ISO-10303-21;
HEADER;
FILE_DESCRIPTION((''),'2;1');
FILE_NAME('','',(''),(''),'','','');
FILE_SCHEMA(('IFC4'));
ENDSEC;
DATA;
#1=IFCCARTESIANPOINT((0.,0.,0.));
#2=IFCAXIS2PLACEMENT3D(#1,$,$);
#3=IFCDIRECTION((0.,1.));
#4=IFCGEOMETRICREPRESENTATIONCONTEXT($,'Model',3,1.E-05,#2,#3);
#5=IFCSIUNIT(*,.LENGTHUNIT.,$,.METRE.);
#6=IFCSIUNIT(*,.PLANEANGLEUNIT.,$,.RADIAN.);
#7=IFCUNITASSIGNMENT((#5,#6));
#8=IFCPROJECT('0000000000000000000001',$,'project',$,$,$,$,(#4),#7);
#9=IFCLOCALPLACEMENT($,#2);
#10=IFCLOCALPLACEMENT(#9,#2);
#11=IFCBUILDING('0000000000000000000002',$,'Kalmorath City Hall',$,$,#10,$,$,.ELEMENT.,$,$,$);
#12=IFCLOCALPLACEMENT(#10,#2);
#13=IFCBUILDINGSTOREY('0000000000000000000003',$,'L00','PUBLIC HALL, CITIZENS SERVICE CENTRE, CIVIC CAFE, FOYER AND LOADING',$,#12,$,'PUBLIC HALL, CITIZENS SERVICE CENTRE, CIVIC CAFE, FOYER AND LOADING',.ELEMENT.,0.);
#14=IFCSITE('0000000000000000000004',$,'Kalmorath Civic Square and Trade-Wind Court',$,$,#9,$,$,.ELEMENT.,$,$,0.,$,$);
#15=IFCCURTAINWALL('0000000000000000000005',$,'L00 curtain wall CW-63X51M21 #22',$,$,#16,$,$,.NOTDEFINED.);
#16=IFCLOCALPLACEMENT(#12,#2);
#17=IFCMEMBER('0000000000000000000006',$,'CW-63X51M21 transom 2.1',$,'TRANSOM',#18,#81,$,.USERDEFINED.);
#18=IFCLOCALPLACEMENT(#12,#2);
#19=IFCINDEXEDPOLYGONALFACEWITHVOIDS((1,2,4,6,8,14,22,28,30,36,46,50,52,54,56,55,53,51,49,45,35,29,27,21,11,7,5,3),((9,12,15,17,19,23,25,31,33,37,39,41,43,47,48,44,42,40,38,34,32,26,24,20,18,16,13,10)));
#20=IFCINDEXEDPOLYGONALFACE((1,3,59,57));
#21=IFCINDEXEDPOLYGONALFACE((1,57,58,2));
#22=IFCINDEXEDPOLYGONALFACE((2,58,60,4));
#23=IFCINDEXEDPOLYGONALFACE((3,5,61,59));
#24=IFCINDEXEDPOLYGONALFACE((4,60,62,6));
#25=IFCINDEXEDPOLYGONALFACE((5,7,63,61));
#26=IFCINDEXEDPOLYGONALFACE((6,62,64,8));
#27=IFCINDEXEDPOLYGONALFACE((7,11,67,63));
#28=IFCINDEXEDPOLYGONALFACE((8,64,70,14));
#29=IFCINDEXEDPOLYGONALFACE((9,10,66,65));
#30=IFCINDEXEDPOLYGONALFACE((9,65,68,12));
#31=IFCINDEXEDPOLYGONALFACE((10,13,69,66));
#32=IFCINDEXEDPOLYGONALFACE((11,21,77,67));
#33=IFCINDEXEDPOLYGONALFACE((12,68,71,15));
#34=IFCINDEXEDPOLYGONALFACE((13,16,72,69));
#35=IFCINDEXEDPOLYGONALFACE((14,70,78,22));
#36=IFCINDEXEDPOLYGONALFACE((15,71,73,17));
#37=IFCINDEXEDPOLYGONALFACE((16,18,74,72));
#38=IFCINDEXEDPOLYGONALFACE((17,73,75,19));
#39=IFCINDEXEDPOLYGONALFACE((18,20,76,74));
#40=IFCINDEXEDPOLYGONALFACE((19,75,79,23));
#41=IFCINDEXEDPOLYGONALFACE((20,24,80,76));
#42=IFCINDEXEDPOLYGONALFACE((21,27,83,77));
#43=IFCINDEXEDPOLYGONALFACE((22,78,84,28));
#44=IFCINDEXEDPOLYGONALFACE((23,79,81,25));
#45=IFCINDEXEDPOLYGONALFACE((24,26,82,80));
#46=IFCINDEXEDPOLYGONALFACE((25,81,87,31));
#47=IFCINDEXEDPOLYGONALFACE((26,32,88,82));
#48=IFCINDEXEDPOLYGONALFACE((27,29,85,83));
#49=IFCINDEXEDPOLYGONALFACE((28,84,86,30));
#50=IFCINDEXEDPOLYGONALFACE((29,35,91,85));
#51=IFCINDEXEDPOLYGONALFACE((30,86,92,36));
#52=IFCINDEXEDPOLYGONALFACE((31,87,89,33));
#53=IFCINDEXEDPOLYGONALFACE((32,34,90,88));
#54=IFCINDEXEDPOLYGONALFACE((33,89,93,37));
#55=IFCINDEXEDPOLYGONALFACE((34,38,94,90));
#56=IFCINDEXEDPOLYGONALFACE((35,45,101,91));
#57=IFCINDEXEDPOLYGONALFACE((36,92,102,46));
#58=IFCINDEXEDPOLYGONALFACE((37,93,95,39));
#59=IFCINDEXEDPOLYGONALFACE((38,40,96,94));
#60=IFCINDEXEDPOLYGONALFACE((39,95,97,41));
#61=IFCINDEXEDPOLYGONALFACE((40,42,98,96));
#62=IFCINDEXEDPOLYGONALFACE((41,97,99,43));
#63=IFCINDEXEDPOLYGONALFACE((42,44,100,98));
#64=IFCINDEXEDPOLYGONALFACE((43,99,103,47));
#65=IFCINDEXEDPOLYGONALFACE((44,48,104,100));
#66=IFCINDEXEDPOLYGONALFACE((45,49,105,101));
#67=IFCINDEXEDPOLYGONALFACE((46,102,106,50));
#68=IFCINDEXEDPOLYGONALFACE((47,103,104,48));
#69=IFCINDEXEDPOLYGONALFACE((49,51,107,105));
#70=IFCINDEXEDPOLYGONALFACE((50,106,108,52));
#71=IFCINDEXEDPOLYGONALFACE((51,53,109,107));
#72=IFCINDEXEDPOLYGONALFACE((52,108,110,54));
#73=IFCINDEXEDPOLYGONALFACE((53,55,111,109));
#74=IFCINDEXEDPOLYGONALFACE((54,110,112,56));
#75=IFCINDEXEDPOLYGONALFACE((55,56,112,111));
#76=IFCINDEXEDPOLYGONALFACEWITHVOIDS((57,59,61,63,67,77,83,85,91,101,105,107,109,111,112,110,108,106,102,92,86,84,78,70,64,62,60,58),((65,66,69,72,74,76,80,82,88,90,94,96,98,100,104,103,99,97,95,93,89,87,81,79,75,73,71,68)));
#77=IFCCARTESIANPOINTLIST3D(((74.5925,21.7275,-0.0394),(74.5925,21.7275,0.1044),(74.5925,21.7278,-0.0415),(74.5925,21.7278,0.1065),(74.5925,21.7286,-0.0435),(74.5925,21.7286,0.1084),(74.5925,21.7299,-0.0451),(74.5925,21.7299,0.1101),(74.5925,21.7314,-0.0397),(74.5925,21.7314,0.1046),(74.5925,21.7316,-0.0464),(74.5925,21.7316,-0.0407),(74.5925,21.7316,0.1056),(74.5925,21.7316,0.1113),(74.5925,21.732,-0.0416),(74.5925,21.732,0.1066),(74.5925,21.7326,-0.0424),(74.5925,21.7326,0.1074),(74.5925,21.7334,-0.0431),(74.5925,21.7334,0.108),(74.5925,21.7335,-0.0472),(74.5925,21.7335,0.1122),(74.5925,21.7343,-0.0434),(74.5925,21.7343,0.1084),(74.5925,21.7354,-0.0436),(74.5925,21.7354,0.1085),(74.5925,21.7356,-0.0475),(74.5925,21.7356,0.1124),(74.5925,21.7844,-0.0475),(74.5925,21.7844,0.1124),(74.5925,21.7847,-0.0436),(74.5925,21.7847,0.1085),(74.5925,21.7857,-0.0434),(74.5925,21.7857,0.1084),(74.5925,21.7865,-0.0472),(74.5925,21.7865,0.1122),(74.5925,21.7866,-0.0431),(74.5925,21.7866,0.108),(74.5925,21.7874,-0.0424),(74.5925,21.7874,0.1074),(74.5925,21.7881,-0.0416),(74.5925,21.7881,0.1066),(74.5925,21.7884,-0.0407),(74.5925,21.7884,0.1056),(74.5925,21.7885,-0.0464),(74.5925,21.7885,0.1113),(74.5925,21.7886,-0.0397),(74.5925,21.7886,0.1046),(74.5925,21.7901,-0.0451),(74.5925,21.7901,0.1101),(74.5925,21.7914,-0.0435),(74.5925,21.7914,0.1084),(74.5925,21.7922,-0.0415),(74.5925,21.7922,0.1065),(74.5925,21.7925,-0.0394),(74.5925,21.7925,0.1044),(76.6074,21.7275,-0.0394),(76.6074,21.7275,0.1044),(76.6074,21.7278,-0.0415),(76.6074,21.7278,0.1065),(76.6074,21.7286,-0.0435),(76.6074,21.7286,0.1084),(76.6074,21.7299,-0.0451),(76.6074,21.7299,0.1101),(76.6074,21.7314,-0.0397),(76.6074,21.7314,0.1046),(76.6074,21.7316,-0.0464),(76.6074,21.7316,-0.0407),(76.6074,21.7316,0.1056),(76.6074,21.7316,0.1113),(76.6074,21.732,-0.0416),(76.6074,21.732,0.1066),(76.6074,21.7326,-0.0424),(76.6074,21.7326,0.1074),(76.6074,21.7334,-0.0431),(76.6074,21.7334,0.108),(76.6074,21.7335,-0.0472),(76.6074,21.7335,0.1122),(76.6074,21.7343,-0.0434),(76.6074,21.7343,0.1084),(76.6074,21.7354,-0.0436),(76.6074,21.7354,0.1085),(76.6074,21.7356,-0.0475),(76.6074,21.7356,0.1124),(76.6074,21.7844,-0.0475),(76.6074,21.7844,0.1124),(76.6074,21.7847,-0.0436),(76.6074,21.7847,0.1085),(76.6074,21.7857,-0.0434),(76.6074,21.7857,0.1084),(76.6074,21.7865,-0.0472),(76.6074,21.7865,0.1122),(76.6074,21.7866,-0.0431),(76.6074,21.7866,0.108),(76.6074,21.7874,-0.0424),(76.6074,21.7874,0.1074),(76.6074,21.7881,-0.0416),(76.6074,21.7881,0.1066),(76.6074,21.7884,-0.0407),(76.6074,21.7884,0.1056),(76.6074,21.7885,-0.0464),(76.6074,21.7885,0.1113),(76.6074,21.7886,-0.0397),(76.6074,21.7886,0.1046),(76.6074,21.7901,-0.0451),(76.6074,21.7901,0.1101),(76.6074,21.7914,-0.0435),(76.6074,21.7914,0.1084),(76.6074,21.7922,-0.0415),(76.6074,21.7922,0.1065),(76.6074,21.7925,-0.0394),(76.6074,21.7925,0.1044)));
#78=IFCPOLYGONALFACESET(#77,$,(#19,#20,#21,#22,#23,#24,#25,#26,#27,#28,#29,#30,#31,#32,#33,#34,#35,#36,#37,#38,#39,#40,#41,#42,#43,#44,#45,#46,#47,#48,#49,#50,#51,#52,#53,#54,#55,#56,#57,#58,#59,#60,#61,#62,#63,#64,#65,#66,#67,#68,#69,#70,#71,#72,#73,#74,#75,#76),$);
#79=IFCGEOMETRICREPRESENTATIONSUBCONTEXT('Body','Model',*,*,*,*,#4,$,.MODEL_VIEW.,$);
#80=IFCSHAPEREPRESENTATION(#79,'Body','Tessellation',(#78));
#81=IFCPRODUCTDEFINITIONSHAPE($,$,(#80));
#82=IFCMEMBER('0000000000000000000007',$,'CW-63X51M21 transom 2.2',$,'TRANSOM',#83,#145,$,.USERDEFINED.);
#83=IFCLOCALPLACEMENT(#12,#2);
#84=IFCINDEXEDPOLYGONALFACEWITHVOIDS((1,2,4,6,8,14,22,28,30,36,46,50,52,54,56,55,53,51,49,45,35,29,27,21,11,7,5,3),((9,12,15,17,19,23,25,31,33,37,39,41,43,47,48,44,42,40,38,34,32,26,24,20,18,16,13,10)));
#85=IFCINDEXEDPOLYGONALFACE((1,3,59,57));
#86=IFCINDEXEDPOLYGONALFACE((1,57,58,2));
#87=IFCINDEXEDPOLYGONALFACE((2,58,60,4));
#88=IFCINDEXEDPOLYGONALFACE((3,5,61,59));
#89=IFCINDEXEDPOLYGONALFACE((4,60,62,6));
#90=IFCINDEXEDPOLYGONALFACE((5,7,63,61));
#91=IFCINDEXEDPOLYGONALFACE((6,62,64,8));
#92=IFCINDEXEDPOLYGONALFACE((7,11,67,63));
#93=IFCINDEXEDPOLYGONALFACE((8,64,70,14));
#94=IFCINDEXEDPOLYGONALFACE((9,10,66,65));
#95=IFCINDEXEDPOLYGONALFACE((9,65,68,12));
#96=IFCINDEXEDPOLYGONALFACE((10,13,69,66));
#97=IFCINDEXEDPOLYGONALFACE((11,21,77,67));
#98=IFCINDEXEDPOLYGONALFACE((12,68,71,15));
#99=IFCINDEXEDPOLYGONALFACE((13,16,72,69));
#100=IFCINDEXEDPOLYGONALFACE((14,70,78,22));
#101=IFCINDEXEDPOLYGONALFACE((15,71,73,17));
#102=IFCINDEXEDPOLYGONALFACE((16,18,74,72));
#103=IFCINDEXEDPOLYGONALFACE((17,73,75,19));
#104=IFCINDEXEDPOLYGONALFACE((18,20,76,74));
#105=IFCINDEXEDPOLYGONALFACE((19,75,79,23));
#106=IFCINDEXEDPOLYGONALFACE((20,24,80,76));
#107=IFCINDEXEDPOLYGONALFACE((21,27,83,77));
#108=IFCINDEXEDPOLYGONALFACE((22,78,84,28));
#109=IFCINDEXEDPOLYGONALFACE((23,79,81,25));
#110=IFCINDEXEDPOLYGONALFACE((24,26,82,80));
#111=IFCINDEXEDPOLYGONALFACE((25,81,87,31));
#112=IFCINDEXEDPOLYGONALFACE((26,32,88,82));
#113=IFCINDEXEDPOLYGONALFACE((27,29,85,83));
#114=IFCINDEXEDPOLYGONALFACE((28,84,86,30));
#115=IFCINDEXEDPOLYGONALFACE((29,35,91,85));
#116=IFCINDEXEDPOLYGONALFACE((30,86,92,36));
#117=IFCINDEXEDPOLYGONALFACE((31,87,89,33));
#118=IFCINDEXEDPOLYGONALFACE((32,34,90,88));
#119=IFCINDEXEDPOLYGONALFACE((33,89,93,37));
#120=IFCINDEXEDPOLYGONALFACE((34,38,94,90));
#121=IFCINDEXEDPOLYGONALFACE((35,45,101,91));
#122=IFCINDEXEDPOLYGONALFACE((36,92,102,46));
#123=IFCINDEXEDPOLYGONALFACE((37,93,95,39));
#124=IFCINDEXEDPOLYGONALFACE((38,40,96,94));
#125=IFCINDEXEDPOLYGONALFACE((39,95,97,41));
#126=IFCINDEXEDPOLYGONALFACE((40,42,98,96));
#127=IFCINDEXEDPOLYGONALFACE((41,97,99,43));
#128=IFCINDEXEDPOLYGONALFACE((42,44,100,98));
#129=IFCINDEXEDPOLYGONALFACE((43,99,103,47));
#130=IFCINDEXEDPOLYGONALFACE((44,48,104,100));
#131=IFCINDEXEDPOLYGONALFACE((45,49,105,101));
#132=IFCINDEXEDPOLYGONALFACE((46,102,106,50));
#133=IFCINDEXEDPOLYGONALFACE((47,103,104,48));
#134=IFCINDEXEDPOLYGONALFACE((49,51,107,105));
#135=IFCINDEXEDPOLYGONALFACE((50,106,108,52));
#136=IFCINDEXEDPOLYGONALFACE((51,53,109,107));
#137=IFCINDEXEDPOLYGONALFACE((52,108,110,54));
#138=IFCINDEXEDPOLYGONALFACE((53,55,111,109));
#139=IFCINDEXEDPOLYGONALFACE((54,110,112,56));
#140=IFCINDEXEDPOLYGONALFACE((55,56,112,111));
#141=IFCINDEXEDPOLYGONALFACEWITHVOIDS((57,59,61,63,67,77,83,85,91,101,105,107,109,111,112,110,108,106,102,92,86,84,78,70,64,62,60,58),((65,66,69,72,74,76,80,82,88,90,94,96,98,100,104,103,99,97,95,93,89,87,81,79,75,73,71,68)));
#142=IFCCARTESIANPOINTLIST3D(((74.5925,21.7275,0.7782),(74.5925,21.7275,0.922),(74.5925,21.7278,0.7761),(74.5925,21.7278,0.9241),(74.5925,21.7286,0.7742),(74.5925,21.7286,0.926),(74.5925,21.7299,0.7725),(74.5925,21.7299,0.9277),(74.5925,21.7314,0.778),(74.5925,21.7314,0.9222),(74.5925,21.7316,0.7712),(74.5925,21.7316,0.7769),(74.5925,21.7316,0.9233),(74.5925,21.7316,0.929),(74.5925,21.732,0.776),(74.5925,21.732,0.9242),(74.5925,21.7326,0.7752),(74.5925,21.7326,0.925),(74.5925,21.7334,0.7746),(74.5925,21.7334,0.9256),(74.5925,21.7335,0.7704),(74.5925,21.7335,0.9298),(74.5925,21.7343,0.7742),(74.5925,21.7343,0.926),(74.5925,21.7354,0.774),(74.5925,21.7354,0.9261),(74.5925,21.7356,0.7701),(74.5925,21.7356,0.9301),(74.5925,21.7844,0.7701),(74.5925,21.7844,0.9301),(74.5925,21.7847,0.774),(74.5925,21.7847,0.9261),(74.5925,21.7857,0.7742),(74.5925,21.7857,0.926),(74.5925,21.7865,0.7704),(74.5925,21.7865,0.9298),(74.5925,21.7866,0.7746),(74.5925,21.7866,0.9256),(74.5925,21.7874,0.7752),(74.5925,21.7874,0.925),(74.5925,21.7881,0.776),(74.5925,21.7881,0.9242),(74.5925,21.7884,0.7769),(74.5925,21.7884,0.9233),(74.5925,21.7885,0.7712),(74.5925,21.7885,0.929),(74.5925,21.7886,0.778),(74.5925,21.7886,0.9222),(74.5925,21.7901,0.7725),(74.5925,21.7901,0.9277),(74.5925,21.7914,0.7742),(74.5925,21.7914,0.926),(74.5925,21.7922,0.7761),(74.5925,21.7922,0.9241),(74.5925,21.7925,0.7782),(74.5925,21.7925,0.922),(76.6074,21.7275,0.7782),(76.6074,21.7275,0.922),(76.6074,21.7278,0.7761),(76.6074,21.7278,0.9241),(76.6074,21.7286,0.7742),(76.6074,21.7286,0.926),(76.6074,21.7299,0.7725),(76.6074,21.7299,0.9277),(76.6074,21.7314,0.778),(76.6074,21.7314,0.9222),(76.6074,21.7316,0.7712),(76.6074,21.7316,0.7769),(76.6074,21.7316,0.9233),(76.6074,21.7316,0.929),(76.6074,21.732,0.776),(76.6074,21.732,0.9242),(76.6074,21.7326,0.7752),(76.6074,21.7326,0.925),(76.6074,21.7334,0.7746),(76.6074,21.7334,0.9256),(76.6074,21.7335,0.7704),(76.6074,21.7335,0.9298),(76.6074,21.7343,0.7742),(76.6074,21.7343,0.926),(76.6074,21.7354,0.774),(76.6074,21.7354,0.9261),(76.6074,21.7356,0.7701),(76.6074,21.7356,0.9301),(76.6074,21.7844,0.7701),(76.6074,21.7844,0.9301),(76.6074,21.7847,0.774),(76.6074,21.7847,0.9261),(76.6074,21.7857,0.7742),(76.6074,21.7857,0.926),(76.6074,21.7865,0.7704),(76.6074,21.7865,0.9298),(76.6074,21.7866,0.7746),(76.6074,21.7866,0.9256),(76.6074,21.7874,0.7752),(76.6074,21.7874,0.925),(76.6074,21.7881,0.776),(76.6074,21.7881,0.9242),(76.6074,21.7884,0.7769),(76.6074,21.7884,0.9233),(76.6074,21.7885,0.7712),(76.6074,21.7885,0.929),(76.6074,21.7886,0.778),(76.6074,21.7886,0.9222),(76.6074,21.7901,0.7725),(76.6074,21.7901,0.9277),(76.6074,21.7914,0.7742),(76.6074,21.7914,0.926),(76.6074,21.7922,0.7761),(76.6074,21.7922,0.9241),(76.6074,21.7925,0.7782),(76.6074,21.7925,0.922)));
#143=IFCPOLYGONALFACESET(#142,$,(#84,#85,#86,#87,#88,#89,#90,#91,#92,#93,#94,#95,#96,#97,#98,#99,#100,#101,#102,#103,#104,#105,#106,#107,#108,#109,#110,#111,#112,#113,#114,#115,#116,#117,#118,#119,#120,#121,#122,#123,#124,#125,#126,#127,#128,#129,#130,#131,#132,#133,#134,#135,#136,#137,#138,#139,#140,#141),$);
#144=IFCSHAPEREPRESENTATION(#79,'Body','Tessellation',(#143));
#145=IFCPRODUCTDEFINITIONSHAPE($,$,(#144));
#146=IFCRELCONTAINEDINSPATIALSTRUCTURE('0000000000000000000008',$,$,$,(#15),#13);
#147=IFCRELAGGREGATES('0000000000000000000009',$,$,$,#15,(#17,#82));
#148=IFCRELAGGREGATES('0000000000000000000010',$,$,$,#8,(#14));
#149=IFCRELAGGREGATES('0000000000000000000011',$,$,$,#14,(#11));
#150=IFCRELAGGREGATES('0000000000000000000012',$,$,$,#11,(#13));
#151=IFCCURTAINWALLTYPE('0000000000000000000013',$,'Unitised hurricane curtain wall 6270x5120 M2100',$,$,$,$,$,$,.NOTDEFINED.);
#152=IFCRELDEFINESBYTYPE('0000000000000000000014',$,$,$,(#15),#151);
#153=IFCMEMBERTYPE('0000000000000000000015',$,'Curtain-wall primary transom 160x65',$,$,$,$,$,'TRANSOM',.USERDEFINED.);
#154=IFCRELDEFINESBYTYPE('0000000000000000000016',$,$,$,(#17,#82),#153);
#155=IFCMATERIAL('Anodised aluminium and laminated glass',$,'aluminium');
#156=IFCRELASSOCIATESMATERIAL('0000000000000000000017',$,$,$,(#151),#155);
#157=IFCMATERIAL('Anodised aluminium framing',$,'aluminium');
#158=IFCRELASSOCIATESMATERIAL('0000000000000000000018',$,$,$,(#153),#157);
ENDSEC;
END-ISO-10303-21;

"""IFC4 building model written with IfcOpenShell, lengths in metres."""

from ifc_helpers import new_model, si_unit, direction, frame, origin, origin_2d, place, context, subcontext, project, spatial, hollow_rectangle, extrude, material, material_profile, profile_set, type_object, element, aggregate, save


model = new_model("IFC4")

# Units and contexts
model_context = context("Model", 3, precision=1e-05, world=origin(), true_north=direction((0.0, 1.0)))
body_context = subcontext(model_context, "Body", "Model", "MODEL_VIEW")
ifc_project = project(units=[si_unit("LENGTHUNIT", "METRE"), si_unit("PLANEANGLEUNIT", "RADIAN")], contexts=[model_context])

# Site, building, storey
site_placement = place(None, origin())
site = spatial("IfcSite", under=ifc_project, at=site_placement, Name="Kalmorath Civic Square and Trade-Wind Court", CompositionType="ELEMENT", RefElevation=0.0)
building_placement = place(site_placement, origin())
building = spatial("IfcBuilding", under=site, at=building_placement, Name="Kalmorath City Hall", CompositionType="ELEMENT")
storey_placement = place(building_placement, origin())
storey = spatial("IfcBuildingStorey", under=building, at=storey_placement, Name="L00", Description="PUBLIC HALL, CITIZENS SERVICE CENTRE, CIVIC CAFE, FOYER AND LOADING", LongName="PUBLIC HALL, CITIZENS SERVICE CENTRE, CIVIC CAFE, FOYER AND LOADING", CompositionType="ELEMENT", Elevation=0.0)

# Curtain wall, members
ifc_material_1 = material(Name="Anodised aluminium and laminated glass", Category="aluminium")
curtain_wall_type = type_object("IfcCurtainWallType", Name="Unitised hurricane curtain wall 6270x5120 M2100", PredefinedType="NOTDEFINED", material=ifc_material_1)
curtain_wall_placement = place(storey_placement, origin())
curtain_wall = element("IfcCurtainWall", 1, at=curtain_wall_placement, inside=storey, type_object=curtain_wall_type, Name="L00 curtain wall CW-63X51M21 #22", PredefinedType="NOTDEFINED")
ifc_material_2 = material(Name="Anodised aluminium framing", Category="aluminium")
ifc_material_profile_1 = material_profile(ifc_material_2, hollow_rectangle(XDim=0.0649, YDim=0.1599, WallThickness=0.0039, InnerFilletRadius=0.0039, OuterFilletRadius=0.0081, at=origin_2d()), Name="ALU-TRN-160X65X4")
ifc_profile_set_1 = profile_set([ifc_material_profile_1], Name="Anodised aluminium framing")
member_type_1 = type_object("IfcMemberType", Name="Curtain-wall primary transom 160x65", ElementType="TRANSOM", PredefinedType="USERDEFINED", material=ifc_profile_set_1)
member_1_placement = place(storey_placement, frame((76.6074, 21.76, 0.0325), z_axis=(-1.0, 0.0, 0.0), x_axis=(0.0, -1.0, 0.0)))
member_1 = element("IfcMember", 2, at=member_1_placement, type_object=member_type_1, Name="CW-63X51M21 transom 2.1", ObjectType="TRANSOM", PredefinedType="USERDEFINED", context=body_context, shape_type="SweptSolid", body=[
    extrude(hollow_rectangle(XDim=0.0649, YDim=0.1599, WallThickness=0.0039, InnerFilletRadius=0.0039, OuterFilletRadius=0.0081, at=origin_2d()), origin(), (0.0, 0.0, 1.0), 2.0149),
])
member_2_placement = place(storey_placement, frame((76.6074, 21.76, 0.8501), z_axis=(-1.0, 0.0, 0.0), x_axis=(0.0, -1.0, 0.0)))
member_2 = element("IfcMember", 3, at=member_2_placement, type_object=member_type_1, Name="CW-63X51M21 transom 2.2", ObjectType="TRANSOM", PredefinedType="USERDEFINED", context=body_context, shape_type="SweptSolid", body=[
    extrude(hollow_rectangle(XDim=0.0649, YDim=0.1599, WallThickness=0.0039, InnerFilletRadius=0.0039, OuterFilletRadius=0.0081, at=origin_2d()), origin(), (0.0, 0.0, 1.0), 2.0149),
])

aggregate(curtain_wall, [member_1, member_2])

save(model, "model.ifc")
